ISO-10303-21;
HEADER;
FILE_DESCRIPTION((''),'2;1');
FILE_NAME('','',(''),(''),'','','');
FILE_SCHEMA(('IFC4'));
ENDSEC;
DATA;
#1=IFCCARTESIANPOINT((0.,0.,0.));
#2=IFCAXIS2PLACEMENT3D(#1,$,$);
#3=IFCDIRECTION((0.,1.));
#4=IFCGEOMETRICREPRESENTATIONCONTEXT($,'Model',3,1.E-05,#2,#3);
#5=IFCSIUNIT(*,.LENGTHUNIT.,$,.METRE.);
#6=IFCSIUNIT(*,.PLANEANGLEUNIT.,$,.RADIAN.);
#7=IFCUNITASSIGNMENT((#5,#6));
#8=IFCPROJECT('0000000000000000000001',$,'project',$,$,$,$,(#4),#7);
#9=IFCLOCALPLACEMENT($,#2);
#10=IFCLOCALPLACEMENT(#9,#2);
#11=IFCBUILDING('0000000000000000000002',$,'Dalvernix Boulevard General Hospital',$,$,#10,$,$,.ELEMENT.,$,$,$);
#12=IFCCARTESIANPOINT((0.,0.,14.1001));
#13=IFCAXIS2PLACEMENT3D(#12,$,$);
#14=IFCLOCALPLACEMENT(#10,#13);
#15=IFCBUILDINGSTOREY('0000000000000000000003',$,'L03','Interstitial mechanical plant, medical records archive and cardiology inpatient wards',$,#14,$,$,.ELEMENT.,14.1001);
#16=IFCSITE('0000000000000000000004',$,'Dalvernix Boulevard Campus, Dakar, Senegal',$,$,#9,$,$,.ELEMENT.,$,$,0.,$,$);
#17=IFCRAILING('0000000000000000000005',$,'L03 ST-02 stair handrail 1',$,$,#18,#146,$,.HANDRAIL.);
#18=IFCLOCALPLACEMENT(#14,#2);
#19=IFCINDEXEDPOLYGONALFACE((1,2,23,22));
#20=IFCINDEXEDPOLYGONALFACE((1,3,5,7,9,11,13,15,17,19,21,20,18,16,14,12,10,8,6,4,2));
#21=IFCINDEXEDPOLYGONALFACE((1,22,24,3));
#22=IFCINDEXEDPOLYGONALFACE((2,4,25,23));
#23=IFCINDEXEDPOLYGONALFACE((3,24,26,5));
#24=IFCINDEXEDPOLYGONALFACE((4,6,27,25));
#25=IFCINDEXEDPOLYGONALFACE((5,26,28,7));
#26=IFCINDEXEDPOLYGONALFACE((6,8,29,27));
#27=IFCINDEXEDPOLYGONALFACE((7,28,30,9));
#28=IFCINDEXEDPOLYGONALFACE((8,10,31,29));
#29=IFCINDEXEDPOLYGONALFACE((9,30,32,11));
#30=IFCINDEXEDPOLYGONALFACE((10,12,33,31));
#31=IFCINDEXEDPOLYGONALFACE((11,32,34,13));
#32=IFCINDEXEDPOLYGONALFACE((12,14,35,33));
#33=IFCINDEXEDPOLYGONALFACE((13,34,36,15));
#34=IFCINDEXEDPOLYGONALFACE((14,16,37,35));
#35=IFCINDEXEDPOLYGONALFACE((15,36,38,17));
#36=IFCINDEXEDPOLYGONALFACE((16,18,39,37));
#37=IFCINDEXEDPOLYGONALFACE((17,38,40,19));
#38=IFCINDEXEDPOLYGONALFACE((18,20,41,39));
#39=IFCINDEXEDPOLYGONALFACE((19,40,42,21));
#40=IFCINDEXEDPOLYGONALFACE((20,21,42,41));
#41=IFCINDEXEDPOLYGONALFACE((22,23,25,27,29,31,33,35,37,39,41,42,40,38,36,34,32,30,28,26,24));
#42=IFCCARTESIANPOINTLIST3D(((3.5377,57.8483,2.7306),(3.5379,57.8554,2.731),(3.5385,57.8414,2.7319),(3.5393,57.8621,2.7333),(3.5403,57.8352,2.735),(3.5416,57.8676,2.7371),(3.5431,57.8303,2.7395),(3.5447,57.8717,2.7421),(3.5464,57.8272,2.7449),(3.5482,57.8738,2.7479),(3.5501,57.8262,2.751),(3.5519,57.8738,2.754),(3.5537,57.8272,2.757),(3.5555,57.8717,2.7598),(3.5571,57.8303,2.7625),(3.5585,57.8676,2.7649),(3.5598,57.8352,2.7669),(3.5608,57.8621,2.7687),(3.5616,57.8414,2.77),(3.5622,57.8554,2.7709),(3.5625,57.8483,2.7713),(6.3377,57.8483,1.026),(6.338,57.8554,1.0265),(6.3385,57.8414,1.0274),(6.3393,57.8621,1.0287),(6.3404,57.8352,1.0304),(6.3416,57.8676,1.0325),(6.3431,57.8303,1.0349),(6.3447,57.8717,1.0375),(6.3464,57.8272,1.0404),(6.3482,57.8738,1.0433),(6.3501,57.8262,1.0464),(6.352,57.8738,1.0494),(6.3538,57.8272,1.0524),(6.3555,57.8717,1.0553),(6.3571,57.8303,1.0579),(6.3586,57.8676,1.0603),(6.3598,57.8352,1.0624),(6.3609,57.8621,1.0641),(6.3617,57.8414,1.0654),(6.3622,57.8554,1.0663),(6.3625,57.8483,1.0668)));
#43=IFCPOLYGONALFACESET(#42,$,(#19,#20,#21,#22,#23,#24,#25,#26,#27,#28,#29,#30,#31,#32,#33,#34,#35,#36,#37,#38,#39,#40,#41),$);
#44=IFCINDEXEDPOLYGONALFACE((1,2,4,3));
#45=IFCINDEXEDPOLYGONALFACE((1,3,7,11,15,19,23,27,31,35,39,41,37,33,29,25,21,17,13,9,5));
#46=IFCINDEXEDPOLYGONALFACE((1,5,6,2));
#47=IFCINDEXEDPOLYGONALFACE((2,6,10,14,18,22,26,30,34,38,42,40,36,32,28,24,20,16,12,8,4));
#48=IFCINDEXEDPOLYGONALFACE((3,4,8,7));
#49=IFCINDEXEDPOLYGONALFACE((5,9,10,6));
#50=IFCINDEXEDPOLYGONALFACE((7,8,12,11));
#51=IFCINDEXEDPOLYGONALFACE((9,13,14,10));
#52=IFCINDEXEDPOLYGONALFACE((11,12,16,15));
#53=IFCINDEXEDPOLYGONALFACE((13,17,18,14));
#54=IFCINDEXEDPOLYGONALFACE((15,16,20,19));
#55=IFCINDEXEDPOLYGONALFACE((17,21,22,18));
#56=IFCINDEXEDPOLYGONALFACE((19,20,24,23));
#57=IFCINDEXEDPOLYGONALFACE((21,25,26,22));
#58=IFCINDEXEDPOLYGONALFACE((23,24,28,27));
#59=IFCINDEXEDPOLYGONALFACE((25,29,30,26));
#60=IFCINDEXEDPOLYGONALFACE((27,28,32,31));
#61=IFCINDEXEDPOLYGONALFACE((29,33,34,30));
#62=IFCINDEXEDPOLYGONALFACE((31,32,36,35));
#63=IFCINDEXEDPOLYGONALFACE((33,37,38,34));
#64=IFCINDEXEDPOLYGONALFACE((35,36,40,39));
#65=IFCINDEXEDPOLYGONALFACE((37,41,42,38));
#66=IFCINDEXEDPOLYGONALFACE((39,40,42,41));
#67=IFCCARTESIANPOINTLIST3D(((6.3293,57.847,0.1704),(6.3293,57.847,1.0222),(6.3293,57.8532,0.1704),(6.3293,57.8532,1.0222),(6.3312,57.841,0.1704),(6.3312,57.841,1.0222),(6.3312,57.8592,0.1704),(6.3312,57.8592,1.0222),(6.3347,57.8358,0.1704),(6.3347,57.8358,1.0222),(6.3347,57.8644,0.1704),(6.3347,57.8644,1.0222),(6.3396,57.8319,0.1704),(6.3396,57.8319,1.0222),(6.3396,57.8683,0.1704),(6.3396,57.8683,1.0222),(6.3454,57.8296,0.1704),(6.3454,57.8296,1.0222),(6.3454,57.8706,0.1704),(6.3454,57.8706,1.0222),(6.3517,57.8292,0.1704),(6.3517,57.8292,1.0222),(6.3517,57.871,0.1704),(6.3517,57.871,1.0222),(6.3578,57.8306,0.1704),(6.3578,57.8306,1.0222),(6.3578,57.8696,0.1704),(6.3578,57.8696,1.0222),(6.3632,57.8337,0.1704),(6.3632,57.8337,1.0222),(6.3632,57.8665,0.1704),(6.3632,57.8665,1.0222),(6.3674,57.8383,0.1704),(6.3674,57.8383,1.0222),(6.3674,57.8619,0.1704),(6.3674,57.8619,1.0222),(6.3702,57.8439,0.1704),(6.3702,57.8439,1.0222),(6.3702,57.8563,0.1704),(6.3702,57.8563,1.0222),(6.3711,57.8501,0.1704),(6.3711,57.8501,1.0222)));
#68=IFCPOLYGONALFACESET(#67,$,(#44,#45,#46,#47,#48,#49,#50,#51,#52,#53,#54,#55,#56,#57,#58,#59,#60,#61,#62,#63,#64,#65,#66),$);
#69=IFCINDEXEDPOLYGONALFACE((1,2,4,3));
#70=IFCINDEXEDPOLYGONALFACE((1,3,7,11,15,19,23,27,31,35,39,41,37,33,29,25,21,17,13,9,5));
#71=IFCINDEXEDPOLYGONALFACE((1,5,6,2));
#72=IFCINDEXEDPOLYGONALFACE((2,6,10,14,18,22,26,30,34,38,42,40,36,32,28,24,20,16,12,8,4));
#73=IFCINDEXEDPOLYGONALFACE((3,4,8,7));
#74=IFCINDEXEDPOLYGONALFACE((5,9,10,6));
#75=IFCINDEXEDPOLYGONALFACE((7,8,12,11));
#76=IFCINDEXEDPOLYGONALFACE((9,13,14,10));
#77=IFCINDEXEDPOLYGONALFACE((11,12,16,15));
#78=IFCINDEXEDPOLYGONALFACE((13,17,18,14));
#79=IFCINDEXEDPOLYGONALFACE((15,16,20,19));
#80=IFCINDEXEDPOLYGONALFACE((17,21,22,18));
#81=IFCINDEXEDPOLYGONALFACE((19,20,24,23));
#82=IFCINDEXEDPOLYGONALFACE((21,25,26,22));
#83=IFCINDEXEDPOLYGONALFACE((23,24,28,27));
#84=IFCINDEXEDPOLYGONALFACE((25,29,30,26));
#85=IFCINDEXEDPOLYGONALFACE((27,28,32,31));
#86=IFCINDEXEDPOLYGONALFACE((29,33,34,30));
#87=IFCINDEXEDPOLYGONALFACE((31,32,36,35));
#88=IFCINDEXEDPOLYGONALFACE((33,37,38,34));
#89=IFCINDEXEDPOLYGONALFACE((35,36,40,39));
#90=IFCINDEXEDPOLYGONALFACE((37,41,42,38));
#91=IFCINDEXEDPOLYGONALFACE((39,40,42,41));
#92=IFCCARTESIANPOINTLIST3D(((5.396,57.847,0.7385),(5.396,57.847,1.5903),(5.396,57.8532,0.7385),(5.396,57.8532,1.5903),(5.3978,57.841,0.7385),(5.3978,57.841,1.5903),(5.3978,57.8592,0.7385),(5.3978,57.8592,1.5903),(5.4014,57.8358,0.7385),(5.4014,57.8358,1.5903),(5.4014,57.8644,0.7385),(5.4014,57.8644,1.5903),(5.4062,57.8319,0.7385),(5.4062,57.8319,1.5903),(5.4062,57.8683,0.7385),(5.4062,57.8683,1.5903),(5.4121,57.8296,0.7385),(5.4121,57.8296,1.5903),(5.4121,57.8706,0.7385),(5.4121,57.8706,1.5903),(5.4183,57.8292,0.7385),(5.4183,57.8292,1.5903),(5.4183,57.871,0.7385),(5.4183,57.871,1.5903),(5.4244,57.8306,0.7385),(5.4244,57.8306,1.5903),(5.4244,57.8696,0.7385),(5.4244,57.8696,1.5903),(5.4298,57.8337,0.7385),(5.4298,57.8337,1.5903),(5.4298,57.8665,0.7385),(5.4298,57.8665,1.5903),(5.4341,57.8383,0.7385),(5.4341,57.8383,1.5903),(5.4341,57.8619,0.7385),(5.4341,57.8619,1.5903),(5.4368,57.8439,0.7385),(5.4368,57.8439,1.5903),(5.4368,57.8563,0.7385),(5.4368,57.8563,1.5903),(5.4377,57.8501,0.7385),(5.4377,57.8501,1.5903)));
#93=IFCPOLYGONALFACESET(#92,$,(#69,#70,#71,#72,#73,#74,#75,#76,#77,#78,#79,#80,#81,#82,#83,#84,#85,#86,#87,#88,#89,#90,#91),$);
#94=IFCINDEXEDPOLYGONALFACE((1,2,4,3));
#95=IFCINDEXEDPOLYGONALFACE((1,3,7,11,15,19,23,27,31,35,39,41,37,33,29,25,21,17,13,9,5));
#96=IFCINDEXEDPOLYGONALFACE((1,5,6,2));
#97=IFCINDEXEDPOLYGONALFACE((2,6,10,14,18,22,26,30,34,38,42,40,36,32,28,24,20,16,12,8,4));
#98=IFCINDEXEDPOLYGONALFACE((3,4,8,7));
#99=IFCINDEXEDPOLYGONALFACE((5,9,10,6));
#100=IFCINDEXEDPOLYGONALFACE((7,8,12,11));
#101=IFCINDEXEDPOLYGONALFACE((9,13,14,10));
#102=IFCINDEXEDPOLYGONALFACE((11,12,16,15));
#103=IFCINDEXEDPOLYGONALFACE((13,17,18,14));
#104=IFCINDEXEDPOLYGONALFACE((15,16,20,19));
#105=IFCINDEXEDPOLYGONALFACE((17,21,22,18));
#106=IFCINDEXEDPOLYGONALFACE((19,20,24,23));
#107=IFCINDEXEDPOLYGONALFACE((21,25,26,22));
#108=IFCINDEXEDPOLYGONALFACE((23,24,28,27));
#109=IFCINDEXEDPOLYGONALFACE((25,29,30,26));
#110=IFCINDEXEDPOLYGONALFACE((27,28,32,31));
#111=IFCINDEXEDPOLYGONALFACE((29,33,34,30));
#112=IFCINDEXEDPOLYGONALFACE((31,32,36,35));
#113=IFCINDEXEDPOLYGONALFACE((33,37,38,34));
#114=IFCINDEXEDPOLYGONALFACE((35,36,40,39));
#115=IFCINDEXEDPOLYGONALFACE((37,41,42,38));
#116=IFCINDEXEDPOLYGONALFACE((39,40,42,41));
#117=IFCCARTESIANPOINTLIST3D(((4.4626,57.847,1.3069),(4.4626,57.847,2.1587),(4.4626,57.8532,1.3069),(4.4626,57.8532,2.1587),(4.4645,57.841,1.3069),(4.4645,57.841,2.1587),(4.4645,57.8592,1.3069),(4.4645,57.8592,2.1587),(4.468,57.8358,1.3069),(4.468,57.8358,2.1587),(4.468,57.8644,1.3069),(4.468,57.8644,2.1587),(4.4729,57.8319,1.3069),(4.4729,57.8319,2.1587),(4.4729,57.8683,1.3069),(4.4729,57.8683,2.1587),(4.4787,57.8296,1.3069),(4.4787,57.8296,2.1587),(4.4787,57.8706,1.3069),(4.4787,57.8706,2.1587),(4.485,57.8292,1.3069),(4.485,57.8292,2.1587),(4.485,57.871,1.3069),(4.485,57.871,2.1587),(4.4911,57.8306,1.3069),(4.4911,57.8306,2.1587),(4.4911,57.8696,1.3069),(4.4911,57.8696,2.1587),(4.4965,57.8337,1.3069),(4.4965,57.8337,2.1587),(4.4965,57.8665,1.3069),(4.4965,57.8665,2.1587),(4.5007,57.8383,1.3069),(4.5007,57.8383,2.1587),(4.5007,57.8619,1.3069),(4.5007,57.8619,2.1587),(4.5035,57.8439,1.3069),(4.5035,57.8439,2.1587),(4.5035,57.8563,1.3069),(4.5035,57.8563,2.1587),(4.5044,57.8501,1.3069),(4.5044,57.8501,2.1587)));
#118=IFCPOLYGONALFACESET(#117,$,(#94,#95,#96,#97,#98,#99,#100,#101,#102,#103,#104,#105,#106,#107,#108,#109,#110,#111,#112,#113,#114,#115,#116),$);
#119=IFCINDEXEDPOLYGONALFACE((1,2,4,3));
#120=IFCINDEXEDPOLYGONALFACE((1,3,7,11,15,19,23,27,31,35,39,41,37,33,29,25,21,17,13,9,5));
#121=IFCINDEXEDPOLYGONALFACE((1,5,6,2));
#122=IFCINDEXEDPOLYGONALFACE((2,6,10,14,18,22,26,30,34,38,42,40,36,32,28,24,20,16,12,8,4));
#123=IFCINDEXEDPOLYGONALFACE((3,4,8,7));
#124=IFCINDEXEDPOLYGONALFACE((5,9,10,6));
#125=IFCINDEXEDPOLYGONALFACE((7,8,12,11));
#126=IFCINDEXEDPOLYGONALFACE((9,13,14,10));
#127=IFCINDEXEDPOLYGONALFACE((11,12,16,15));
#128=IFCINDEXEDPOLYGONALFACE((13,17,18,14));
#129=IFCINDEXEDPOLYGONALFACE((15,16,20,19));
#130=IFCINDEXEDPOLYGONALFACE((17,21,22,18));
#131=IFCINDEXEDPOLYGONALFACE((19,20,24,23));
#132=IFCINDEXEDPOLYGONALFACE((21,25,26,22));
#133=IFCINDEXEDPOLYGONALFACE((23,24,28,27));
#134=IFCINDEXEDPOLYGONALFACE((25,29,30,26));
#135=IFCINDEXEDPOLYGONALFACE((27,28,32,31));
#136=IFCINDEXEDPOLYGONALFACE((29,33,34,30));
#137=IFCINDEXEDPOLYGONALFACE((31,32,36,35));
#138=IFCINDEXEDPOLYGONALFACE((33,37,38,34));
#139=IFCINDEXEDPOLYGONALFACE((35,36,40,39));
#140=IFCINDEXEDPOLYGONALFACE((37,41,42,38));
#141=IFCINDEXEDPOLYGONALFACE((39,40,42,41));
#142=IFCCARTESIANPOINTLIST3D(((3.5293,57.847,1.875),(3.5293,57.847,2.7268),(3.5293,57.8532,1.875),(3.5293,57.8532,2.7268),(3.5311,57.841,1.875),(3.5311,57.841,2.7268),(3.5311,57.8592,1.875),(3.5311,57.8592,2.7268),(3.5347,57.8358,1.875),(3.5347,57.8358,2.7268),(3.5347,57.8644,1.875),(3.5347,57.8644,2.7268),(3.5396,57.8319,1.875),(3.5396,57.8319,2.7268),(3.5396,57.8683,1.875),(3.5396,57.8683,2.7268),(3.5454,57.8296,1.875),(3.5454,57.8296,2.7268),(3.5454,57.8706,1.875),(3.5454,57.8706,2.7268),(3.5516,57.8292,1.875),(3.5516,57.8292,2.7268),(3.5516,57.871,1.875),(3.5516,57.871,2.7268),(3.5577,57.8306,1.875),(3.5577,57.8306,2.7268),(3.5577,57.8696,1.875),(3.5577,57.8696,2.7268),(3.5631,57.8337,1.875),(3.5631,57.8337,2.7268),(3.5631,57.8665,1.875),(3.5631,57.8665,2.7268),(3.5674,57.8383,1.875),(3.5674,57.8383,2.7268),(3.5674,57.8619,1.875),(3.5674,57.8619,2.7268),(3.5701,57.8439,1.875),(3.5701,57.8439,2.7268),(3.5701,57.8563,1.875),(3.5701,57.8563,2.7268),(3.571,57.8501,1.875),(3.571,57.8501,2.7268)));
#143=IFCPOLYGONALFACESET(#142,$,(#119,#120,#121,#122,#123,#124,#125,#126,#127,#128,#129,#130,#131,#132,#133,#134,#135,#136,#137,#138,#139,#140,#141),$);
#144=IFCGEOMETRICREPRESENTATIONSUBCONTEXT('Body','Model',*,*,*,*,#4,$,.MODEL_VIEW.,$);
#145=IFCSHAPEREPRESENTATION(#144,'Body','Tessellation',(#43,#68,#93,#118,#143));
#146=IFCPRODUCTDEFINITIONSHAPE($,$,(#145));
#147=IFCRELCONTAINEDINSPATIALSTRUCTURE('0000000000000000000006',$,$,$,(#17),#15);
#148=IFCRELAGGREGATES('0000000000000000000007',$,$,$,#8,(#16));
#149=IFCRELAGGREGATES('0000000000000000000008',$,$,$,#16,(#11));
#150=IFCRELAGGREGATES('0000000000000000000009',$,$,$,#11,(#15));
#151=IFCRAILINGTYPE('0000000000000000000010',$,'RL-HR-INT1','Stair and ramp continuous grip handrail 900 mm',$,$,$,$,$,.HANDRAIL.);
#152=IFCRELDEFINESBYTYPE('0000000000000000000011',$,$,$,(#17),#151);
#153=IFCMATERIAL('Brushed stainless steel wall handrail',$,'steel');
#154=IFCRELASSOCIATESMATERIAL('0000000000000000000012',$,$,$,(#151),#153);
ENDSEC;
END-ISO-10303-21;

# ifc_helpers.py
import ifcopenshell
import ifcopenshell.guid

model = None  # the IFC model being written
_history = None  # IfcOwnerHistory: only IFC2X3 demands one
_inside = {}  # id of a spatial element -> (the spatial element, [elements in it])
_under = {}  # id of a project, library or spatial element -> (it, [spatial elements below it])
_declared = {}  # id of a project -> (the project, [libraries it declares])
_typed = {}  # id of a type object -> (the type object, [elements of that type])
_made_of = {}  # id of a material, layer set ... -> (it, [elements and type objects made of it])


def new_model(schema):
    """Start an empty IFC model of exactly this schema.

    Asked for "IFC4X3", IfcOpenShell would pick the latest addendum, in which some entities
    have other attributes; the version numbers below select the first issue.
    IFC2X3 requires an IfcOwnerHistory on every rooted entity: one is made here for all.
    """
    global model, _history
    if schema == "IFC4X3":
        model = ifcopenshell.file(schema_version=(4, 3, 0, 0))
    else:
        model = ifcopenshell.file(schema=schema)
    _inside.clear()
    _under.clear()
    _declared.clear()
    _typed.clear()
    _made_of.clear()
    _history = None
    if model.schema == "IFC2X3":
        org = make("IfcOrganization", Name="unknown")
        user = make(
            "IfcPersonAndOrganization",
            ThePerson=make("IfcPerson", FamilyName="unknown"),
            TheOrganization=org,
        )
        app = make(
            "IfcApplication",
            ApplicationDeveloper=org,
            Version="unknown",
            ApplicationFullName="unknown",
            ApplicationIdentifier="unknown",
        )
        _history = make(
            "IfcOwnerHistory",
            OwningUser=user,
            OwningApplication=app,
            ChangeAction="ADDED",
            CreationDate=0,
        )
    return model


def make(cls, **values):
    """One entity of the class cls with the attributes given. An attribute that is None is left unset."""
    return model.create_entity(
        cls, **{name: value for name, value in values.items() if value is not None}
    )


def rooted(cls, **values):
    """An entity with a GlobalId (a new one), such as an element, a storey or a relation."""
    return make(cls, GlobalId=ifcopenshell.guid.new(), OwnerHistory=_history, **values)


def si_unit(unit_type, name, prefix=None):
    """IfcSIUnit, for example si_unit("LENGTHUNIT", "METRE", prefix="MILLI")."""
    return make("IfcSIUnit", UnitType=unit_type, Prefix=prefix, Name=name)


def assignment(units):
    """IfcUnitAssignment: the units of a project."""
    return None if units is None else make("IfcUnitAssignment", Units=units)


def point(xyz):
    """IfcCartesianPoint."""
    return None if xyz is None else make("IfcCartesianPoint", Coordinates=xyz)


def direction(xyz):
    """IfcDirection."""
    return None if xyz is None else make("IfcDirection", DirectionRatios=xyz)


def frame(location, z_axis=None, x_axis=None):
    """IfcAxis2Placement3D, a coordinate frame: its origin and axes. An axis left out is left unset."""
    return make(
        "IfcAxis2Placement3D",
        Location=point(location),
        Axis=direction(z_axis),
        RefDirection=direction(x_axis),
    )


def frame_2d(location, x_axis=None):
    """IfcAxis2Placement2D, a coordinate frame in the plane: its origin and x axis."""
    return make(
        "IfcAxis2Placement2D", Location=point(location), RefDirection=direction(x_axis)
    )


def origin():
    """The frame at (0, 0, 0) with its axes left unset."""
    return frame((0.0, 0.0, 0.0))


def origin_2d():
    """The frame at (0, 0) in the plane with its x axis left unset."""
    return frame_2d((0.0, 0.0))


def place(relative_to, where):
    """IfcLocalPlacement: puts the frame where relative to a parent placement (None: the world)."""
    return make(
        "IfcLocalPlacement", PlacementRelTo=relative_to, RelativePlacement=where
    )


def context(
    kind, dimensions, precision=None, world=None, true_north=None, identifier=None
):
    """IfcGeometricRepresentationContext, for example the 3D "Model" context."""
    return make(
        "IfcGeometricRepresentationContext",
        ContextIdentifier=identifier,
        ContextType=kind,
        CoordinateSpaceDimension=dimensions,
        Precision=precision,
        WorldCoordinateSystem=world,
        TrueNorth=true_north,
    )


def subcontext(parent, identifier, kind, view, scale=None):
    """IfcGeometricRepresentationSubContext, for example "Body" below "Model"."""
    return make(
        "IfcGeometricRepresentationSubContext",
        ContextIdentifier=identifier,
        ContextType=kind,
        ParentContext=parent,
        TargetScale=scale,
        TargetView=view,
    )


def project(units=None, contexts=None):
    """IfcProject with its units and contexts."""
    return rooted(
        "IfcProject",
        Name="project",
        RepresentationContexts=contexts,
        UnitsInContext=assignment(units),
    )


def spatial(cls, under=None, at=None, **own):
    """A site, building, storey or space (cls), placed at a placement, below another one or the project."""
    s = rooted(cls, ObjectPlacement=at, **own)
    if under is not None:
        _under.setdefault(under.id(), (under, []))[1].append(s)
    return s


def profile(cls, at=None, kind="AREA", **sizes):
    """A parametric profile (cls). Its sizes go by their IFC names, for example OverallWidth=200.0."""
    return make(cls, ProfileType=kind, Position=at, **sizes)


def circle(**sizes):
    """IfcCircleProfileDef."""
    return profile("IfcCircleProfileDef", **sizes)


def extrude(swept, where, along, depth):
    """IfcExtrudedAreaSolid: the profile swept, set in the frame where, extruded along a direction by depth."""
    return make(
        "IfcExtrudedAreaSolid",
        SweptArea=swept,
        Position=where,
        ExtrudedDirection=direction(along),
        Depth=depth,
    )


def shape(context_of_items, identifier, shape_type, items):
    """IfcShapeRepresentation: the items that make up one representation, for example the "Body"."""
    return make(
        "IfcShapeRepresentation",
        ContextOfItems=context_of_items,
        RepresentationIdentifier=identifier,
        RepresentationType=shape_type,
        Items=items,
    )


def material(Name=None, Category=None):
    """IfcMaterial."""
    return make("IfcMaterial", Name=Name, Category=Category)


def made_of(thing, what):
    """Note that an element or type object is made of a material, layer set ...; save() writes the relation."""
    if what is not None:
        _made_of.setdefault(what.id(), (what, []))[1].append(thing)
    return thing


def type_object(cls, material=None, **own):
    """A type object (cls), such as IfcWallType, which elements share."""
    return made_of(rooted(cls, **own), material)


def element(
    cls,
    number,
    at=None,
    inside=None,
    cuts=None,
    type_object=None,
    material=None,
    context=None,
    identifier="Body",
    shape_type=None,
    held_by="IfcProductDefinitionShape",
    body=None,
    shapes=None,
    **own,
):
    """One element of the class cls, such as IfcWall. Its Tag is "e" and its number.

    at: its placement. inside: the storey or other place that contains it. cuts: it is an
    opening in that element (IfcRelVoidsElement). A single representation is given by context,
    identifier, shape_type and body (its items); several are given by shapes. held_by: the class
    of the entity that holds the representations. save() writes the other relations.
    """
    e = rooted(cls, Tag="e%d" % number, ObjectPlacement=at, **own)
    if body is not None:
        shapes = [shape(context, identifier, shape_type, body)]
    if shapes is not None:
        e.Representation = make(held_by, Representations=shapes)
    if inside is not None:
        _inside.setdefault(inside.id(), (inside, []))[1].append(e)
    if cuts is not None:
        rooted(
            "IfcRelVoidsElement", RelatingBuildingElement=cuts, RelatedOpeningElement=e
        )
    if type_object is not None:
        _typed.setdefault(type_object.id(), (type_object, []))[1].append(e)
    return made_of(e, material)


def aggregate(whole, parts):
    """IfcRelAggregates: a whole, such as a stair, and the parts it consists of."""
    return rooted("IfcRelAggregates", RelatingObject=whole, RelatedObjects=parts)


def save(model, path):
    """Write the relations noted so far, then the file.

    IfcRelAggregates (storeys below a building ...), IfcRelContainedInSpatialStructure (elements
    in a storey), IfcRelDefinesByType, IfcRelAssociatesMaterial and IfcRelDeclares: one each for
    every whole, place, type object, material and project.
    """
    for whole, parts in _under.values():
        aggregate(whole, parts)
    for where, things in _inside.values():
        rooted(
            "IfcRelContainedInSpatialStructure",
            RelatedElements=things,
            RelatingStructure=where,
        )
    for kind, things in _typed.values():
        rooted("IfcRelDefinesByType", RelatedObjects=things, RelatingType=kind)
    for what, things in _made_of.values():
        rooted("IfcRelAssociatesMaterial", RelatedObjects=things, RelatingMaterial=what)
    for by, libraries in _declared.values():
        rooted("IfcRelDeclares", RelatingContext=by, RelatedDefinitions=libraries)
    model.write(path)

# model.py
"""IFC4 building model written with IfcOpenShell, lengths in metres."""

from ifc_helpers import new_model, si_unit, direction, frame, origin, origin_2d, place, context, subcontext, project, spatial, circle, extrude, material, type_object, element, save


model = new_model("IFC4")

# Units and contexts
model_context = context("Model", 3, precision=1e-05, world=origin(), true_north=direction((0.0, 1.0)))
body_context = subcontext(model_context, "Body", "Model", "MODEL_VIEW")
ifc_project = project(units=[si_unit("LENGTHUNIT", "METRE"), si_unit("PLANEANGLEUNIT", "RADIAN")], contexts=[model_context])

# Site, building, storey
site_placement = place(None, origin())
site = spatial("IfcSite", under=ifc_project, at=site_placement, Name="Dalvernix Boulevard Campus, Dakar, Senegal", CompositionType="ELEMENT", RefElevation=0.0)
building_placement = place(site_placement, origin())
building = spatial("IfcBuilding", under=site, at=building_placement, Name="Dalvernix Boulevard General Hospital", CompositionType="ELEMENT")
storey_placement = place(building_placement, frame((0.0, 0.0, 14.1001)))
storey = spatial("IfcBuildingStorey", under=building, at=storey_placement, Name="L03", Description="Interstitial mechanical plant, medical records archive and cardiology inpatient wards", CompositionType="ELEMENT", Elevation=14.1001)

# Railing
ifc_material_1 = material(Name="Brushed stainless steel wall handrail", Category="steel")
railing_type_1 = type_object("IfcRailingType", Name="RL-HR-INT1", Description="Stair and ramp continuous grip handrail 900 mm", PredefinedType="HANDRAIL", material=ifc_material_1)
railing_1_placement = place(storey_placement, frame((6.3501, 57.8501, 0.1704)))
element("IfcRailing", 1, at=railing_1_placement, inside=storey, type_object=railing_type_1, Name="L03 ST-02 stair handrail 1", PredefinedType="HANDRAIL", context=body_context, shape_type="SweptSolid", body=[
    extrude(circle(Radius=0.0239, at=origin_2d()), frame((0.0, 0.0, 0.876), z_axis=(-0.85417, 0.0, 0.519994), x_axis=(0.0, -1.0, 0.0)), (0.0, 0.0, 1.0), 3.2781),
    extrude(circle(Radius=0.021, at=origin_2d()), origin(), (0.0, 0.0, 1.0), 0.8518),
    extrude(circle(Radius=0.021, at=origin_2d()), frame((-0.9333, 0.0, 0.5681)), (0.0, 0.0, 1.0), 0.8518),
    extrude(circle(Radius=0.021, at=origin_2d()), frame((-1.8667, 0.0, 1.1365)), (0.0, 0.0, 1.0), 0.8518),
    extrude(circle(Radius=0.021, at=origin_2d()), frame((-2.8, 0.0, 1.7046)), (0.0, 0.0, 1.0), 0.8518),
])

save(model, "model.ifc")
